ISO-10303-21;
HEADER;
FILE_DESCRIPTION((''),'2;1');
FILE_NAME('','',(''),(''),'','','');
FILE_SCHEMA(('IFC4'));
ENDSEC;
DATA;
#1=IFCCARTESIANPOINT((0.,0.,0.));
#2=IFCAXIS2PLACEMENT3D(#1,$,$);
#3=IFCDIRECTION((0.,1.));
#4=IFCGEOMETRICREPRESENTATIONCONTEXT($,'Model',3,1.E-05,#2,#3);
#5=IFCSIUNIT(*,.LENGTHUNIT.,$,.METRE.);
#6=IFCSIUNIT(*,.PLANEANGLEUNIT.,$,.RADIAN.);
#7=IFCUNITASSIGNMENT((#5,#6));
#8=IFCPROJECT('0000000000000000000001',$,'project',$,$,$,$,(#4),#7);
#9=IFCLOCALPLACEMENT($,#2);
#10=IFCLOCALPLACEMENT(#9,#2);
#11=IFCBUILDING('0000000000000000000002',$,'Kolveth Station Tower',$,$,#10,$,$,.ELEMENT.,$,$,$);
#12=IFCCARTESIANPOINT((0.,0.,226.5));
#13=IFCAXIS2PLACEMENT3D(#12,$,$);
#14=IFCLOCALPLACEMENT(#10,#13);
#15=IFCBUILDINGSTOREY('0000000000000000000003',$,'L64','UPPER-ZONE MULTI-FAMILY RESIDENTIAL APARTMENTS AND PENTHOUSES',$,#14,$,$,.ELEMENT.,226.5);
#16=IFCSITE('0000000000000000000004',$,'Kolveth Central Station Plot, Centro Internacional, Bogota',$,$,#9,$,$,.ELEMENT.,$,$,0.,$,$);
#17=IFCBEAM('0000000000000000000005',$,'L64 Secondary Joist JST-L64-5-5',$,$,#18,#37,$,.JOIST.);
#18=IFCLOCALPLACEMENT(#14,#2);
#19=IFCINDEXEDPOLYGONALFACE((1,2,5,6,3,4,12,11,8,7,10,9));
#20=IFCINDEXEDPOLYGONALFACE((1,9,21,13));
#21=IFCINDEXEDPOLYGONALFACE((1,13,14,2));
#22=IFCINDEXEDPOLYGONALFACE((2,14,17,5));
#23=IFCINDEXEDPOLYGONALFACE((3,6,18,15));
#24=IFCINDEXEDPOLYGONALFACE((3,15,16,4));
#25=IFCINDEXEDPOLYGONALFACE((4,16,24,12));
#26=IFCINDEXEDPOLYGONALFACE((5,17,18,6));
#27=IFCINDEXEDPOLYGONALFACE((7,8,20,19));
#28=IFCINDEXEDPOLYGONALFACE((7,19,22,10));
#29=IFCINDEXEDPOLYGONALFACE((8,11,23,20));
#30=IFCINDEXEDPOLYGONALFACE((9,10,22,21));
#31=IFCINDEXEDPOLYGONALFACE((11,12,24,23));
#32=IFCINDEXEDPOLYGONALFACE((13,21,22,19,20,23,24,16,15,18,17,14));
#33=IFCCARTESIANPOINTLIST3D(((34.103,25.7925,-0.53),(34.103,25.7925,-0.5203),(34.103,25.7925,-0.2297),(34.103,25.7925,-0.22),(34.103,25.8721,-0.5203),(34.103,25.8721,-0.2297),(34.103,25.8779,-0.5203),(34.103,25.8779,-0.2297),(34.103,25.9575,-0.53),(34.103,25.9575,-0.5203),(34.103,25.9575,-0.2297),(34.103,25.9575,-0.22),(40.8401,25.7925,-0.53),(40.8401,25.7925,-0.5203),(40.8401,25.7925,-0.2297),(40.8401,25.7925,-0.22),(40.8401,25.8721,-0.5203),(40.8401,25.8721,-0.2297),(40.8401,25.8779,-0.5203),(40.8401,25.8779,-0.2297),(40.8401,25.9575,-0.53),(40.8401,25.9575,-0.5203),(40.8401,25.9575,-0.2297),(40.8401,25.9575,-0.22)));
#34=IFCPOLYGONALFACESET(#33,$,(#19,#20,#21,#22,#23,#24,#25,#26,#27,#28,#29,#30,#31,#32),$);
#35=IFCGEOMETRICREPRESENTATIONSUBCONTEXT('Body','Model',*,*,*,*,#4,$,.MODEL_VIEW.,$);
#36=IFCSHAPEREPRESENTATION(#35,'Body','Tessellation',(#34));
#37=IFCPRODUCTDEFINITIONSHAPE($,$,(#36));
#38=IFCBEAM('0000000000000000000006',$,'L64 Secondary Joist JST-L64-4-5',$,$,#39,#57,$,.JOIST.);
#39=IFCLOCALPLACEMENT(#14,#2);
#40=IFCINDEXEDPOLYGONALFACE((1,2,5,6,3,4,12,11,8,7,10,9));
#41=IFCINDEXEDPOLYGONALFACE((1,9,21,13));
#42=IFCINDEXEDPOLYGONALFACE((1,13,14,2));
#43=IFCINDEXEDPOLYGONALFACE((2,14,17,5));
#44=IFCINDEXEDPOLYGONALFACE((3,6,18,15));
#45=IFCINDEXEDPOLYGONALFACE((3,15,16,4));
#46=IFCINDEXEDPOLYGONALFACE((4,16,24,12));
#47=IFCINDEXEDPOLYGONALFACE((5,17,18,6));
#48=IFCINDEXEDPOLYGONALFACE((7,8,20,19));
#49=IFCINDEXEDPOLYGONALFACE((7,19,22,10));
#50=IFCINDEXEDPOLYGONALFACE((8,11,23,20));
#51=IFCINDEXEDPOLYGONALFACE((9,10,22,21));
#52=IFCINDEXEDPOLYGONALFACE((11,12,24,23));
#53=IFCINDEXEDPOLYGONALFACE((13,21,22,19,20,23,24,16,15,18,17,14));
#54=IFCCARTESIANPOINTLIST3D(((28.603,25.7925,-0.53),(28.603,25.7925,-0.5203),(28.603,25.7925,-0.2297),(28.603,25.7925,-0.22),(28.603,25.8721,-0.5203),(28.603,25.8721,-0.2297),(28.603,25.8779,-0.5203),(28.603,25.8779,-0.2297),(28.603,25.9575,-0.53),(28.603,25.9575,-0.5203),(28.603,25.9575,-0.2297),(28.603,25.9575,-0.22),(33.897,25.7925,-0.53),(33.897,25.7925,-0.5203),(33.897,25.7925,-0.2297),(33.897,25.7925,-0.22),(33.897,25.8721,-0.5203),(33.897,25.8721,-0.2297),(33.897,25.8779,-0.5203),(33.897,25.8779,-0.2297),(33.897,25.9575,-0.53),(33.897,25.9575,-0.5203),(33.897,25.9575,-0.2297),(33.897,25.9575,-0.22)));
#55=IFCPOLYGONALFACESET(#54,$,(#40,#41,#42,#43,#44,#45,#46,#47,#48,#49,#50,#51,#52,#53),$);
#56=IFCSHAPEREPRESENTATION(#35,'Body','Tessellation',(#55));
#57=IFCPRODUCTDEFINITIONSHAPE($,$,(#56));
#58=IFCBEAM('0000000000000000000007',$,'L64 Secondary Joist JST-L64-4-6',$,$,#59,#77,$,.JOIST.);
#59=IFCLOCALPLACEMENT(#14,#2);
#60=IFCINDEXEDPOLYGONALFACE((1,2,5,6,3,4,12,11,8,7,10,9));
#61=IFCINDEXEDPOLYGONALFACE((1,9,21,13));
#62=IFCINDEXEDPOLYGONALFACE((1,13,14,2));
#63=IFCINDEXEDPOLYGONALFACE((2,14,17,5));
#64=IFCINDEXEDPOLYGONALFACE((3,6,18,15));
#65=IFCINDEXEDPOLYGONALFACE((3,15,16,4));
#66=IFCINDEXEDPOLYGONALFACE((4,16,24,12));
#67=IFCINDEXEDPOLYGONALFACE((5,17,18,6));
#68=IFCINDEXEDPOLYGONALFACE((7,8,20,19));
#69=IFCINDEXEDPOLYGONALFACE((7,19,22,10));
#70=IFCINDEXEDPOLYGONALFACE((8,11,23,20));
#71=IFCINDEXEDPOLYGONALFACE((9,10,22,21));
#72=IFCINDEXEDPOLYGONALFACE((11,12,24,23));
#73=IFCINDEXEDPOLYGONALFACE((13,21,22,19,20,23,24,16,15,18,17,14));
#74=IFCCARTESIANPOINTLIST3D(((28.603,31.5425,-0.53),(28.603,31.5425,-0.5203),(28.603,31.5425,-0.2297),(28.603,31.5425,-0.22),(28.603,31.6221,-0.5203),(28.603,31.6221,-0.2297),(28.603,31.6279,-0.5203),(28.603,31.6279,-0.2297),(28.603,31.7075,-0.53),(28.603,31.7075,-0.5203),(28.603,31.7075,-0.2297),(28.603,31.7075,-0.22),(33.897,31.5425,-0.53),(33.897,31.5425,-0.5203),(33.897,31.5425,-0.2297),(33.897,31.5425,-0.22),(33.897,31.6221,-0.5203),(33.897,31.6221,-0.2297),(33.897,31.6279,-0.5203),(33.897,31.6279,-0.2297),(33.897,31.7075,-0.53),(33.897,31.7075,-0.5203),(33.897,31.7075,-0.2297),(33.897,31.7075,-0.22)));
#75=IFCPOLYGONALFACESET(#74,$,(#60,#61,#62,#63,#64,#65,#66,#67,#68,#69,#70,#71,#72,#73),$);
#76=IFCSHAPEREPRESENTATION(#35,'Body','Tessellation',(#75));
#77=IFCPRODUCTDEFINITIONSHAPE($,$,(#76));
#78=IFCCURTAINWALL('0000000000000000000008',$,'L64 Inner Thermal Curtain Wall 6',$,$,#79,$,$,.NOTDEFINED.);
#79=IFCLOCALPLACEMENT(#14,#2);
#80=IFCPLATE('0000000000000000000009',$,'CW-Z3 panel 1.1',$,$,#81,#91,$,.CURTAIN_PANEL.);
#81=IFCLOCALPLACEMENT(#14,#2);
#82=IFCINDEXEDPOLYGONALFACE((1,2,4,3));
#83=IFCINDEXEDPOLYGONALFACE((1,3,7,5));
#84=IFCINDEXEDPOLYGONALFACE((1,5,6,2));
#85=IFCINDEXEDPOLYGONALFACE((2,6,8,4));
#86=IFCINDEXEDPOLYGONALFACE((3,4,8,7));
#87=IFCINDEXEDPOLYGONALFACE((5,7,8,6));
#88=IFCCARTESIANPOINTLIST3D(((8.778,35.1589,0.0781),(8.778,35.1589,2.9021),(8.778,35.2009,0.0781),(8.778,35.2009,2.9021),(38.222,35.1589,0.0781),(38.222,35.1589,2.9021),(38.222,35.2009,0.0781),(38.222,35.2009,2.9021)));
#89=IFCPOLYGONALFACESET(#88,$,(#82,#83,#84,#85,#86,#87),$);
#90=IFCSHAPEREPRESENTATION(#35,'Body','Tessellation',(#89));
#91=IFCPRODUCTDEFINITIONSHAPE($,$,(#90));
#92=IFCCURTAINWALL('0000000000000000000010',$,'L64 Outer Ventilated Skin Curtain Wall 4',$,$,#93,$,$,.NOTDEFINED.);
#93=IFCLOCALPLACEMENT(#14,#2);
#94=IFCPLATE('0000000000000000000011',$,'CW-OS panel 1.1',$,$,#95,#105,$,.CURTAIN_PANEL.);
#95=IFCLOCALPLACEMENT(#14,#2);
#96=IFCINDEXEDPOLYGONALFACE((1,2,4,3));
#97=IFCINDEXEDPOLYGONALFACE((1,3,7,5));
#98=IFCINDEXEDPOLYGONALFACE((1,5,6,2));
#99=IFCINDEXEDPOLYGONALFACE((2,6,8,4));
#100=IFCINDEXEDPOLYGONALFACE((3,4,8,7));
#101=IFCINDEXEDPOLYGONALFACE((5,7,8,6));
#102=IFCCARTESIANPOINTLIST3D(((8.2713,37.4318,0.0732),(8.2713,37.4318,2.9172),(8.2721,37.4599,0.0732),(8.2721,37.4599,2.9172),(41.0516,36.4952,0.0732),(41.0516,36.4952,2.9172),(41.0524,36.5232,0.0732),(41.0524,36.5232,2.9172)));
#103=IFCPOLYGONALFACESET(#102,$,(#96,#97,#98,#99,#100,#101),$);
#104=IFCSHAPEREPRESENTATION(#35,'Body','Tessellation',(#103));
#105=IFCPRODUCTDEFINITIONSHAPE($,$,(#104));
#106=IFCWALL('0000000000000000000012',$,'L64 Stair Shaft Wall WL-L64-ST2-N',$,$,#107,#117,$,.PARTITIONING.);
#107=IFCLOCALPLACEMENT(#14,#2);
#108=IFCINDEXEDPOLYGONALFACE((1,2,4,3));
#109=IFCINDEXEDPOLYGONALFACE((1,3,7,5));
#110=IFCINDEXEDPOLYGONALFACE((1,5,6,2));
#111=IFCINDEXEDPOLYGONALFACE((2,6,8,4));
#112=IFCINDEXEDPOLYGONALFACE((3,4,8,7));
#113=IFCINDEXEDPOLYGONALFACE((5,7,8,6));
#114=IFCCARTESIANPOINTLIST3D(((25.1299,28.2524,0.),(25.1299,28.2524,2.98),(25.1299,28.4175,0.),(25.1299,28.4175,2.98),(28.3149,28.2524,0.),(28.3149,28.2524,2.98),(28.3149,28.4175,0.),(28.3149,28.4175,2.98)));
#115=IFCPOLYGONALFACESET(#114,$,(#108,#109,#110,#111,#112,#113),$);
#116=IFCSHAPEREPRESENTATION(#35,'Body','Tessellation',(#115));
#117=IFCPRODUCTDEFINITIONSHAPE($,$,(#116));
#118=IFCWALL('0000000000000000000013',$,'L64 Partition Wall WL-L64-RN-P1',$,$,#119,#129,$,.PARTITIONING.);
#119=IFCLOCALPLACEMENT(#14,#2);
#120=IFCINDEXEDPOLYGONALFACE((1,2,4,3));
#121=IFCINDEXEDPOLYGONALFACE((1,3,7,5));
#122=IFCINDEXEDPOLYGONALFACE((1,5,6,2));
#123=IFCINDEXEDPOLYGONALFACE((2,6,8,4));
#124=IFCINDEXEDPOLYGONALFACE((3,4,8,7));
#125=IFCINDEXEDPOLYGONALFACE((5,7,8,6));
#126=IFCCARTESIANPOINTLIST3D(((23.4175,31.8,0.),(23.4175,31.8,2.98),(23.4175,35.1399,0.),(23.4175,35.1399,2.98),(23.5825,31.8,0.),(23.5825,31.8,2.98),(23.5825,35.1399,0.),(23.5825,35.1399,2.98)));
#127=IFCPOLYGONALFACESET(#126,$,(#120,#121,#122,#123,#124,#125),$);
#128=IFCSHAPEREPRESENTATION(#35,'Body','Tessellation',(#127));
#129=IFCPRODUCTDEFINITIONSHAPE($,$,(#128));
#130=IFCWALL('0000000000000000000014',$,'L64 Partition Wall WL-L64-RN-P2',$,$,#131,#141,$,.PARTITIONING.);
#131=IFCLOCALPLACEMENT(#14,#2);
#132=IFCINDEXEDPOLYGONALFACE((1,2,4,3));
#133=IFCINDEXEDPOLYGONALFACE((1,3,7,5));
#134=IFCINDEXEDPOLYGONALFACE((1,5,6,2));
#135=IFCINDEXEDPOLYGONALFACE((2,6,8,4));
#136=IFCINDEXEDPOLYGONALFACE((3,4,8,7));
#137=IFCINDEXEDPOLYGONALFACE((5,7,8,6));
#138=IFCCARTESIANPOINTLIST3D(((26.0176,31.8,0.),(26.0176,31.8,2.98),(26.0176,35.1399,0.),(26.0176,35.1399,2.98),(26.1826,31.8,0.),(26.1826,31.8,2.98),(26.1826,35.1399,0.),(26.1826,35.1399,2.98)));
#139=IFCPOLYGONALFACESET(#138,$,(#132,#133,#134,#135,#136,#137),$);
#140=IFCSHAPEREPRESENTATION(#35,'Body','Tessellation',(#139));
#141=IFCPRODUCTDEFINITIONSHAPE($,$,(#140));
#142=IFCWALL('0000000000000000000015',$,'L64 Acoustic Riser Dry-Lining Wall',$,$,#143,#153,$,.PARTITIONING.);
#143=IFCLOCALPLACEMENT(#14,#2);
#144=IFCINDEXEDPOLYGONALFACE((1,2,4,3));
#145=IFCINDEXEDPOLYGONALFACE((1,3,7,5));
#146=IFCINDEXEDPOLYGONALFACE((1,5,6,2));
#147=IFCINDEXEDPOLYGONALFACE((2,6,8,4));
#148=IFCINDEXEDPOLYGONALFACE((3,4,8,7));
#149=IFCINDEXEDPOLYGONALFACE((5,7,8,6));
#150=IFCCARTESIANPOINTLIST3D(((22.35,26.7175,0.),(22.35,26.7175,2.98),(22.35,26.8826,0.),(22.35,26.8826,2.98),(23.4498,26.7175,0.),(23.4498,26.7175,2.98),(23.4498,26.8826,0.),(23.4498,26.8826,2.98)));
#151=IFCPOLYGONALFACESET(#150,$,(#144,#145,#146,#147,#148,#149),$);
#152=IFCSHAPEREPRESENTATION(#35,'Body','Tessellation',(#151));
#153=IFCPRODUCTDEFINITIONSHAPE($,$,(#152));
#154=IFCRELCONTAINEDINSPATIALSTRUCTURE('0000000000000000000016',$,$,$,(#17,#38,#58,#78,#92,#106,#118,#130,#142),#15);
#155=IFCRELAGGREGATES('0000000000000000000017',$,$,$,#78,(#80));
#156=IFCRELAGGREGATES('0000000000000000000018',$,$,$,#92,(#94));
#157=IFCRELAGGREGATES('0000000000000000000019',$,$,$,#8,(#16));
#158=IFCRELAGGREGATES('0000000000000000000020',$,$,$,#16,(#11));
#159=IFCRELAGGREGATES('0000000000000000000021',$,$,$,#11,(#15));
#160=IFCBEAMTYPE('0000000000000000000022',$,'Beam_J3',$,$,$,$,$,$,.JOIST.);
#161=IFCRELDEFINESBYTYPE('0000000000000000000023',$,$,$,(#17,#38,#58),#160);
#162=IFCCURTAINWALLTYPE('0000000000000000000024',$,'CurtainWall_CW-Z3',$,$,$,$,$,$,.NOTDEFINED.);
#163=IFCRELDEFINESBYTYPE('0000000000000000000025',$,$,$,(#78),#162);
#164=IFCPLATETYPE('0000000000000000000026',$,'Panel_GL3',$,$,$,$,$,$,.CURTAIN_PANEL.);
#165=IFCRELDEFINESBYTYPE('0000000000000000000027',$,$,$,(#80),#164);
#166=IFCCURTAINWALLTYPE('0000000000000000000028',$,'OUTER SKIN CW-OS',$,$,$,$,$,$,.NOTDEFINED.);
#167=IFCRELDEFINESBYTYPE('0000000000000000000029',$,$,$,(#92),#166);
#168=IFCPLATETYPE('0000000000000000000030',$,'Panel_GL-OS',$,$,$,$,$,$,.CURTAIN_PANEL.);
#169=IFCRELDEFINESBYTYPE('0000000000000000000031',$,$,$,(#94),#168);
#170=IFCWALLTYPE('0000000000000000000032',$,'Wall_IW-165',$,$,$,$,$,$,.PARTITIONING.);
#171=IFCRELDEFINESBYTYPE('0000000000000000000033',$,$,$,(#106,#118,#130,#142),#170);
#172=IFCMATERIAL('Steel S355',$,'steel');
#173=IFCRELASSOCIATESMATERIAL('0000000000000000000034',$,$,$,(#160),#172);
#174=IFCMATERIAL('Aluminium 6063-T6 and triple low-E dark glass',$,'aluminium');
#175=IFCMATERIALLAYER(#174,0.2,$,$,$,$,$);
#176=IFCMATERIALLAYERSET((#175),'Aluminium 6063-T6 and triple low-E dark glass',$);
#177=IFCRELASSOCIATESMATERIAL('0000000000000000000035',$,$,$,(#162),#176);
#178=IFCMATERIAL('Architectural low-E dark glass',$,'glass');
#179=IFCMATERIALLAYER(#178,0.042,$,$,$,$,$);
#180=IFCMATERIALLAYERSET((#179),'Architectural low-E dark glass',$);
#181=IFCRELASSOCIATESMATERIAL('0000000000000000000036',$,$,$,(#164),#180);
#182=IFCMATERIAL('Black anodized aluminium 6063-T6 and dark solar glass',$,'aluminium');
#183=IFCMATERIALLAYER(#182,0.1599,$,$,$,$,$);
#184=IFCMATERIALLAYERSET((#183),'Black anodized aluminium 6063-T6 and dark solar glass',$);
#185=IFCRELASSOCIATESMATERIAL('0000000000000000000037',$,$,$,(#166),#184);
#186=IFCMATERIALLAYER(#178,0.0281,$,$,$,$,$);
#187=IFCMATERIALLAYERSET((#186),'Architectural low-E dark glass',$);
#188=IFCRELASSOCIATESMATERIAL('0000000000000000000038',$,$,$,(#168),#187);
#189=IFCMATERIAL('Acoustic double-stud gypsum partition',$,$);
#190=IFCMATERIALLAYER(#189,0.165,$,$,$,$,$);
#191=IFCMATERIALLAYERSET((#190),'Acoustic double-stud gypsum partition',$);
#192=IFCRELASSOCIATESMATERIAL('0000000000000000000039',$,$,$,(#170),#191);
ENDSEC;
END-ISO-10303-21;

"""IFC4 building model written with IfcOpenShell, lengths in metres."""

from ifc_helpers import new_model, si_unit, direction, frame, frame_2d, origin, origin_2d, place, context, subcontext, project, spatial, rectangle, i_section, extrude, source, transform, mapped, material, layer, layer_set, material_profile, profile_set, type_object, element, aggregate, save


model = new_model("IFC4")

# Units and contexts
model_context = context("Model", 3, precision=1e-05, world=origin(), true_north=direction((0.0, 1.0)))
body_context = subcontext(model_context, "Body", "Model", "MODEL_VIEW")
ifc_project = project(units=[si_unit("LENGTHUNIT", "METRE"), si_unit("PLANEANGLEUNIT", "RADIAN")], contexts=[model_context])

# Site, building, storey
site_placement = place(None, origin())
site = spatial("IfcSite", under=ifc_project, at=site_placement, Name="Kolveth Central Station Plot, Centro Internacional, Bogota", CompositionType="ELEMENT", RefElevation=0.0)
building_placement = place(site_placement, origin())
building = spatial("IfcBuilding", under=site, at=building_placement, Name="Kolveth Station Tower", CompositionType="ELEMENT")
storey_placement = place(building_placement, frame((0.0, 0.0, 226.5)))
storey = spatial("IfcBuildingStorey", under=building, at=storey_placement, Name="L64", Description="UPPER-ZONE MULTI-FAMILY RESIDENTIAL APARTMENTS AND PENTHOUSES", CompositionType="ELEMENT", Elevation=226.5)

# Shared definitions
ifc_material_1 = material(Name="Steel S355", Category="steel")

# Beams
ifc_material_profile_1 = material_profile(ifc_material_1, i_section(OverallWidth=0.165, OverallDepth=0.3101, WebThickness=0.0059, FlangeThickness=0.0098, at=origin_2d()), Name="W310x39")
ifc_profile_set_1 = profile_set([ifc_material_profile_1], Name="Steel S355")
beam_type_1 = type_object("IfcBeamType", Name="Beam_J3", PredefinedType="JOIST", material=ifc_profile_set_1)
shared_shape_1 = source(origin(), body_context, "Body", "SweptSolid", [
    extrude(i_section(OverallWidth=0.165, OverallDepth=0.3101, WebThickness=0.0059, FlangeThickness=0.0098, at=origin_2d()), origin(), (0.0, 0.0, 1.0), 6.7371),
])
beam_1_placement = place(storey_placement, frame((34.103, 25.875, -0.375), z_axis=(1.0, 0.0, 0.0), x_axis=(0.0, 1.0, 0.0)))
element("IfcBeam", 1, at=beam_1_placement, inside=storey, type_object=beam_type_1, Name="L64 Secondary Joist JST-L64-5-5", PredefinedType="JOIST", context=body_context, shape_type="MappedRepresentation", body=[
    mapped(shared_shape_1, transform((0.0, 0.0, 0.0), x_axis=(1.0, 0.0, 0.0), y_axis=(0.0, 1.0, 0.0), z_axis=(0.0, 0.0, 1.0), scale=1.0)),
])
shared_shape_2 = source(origin(), body_context, "Body", "SweptSolid", [
    extrude(i_section(OverallWidth=0.165, OverallDepth=0.3101, WebThickness=0.0059, FlangeThickness=0.0098, at=origin_2d()), origin(), (0.0, 0.0, 1.0), 5.2939),
])
for number, where, z_axis, x_axis, name in (
    (2, (28.603, 25.875, -0.375), (1.0, 0.0, 0.0), (0.0, 1.0, 0.0), "L64 Secondary Joist JST-L64-4-5"),
    (3, (28.603, 31.625, -0.375), (1.0, 0.0, 0.0), (0.0, 1.0, 0.0), "L64 Secondary Joist JST-L64-4-6"),
):
    element("IfcBeam", number, at=place(storey_placement, frame(where, z_axis=z_axis, x_axis=x_axis)), inside=storey, type_object=beam_type_1, Name=name, PredefinedType="JOIST", context=body_context, shape_type="MappedRepresentation", body=[
        mapped(shared_shape_2, transform((0.0, 0.0, 0.0), x_axis=(1.0, 0.0, 0.0), y_axis=(0.0, 1.0, 0.0), z_axis=(0.0, 0.0, 1.0), scale=1.0)),
    ])

# Curtain walls, plates
ifc_material_2 = material(Name="Aluminium 6063-T6 and triple low-E dark glass", Category="aluminium")
ifc_layer_1 = layer(ifc_material_2, 0.2)
ifc_layer_set_1 = layer_set([ifc_layer_1], Name="Aluminium 6063-T6 and triple low-E dark glass")
curtain_wall_type_1 = type_object("IfcCurtainWallType", Name="CurtainWall_CW-Z3", PredefinedType="NOTDEFINED", material=ifc_layer_set_1)
curtain_wall_1_placement = place(storey_placement, origin())
curtain_wall_1 = element("IfcCurtainWall", 4, at=curtain_wall_1_placement, inside=storey, type_object=curtain_wall_type_1, Name="L64 Inner Thermal Curtain Wall 6", PredefinedType="NOTDEFINED")
ifc_material_3 = material(Name="Architectural low-E dark glass", Category="glass")
ifc_layer_2 = layer(ifc_material_3, 0.042)
ifc_layer_set_2 = layer_set([ifc_layer_2], Name="Architectural low-E dark glass")
plate_type_1 = type_object("IfcPlateType", Name="Panel_GL3", PredefinedType="CURTAIN_PANEL", material=ifc_layer_set_2)
shared_shape_3 = source(origin(), body_context, "Body", "SweptSolid", [
    extrude(rectangle(XDim=29.4441, YDim=0.042, at=origin_2d()), origin(), (0.0, 0.0, 1.0), 2.824),
])
plate_1_placement = place(storey_placement, frame((23.5, 35.1799, 0.0781), z_axis=(0.0, 0.0, 1.0), x_axis=(-1.0, 0.0, 0.0)))
plate_1 = element("IfcPlate", 5, at=plate_1_placement, type_object=plate_type_1, Name="CW-Z3 panel 1.1", PredefinedType="CURTAIN_PANEL", context=body_context, shape_type="MappedRepresentation", body=[
    mapped(shared_shape_3, transform((0.0, 0.0, 0.0), x_axis=(1.0, 0.0, 0.0), y_axis=(0.0, 1.0, 0.0), z_axis=(0.0, 0.0, 1.0), scale=1.0)),
])
aggregate(curtain_wall_1, [plate_1])
ifc_material_4 = material(Name="Black anodized aluminium 6063-T6 and dark solar glass", Category="aluminium")
ifc_layer_3 = layer(ifc_material_4, 0.1599)
ifc_layer_set_3 = layer_set([ifc_layer_3], Name="Black anodized aluminium 6063-T6 and dark solar glass")
curtain_wall_type_2 = type_object("IfcCurtainWallType", Name="OUTER SKIN CW-OS", PredefinedType="NOTDEFINED", material=ifc_layer_set_3)
curtain_wall_2_placement = place(storey_placement, origin())
curtain_wall_2 = element("IfcCurtainWall", 6, at=curtain_wall_2_placement, inside=storey, type_object=curtain_wall_type_2, Name="L64 Outer Ventilated Skin Curtain Wall 4", PredefinedType="NOTDEFINED")
ifc_layer_4 = layer(ifc_material_3, 0.0281)
ifc_layer_set_4 = layer_set([ifc_layer_4], Name="Architectural low-E dark glass")
plate_type_2 = type_object("IfcPlateType", Name="Panel_GL-OS", PredefinedType="CURTAIN_PANEL", material=ifc_layer_set_4)
shared_shape_4 = source(origin(), body_context, "Body", "SweptSolid", [
    extrude(rectangle(XDim=32.7937, YDim=0.0281, at=origin_2d()), origin(), (0.0, 0.0, 1.0), 2.844),
])
plate_2_placement = place(storey_placement, frame((24.6619, 36.9775, 0.0732), z_axis=(0.0, 0.0, 1.0), x_axis=(-0.999592, 0.028562, 0.0)))
plate_2 = element("IfcPlate", 7, at=plate_2_placement, type_object=plate_type_2, Name="CW-OS panel 1.1", PredefinedType="CURTAIN_PANEL", context=body_context, shape_type="MappedRepresentation", body=[
    mapped(shared_shape_4, transform((0.0, 0.0, 0.0), x_axis=(1.0, 0.0, 0.0), y_axis=(0.0, 1.0, 0.0), z_axis=(0.0, 0.0, 1.0), scale=1.0)),
])
aggregate(curtain_wall_2, [plate_2])

# Walls
ifc_material_5 = material(Name="Acoustic double-stud gypsum partition")
ifc_layer_5 = layer(ifc_material_5, 0.165)
ifc_layer_set_5 = layer_set([ifc_layer_5], Name="Acoustic double-stud gypsum partition")
wall_type_1 = type_object("IfcWallType", Name="Wall_IW-165", PredefinedType="PARTITIONING", material=ifc_layer_set_5)
wall_1_placement = place(storey_placement, frame((25.1299, 28.335, 0.0), z_axis=(0.0, 0.0, 1.0), x_axis=(1.0, 0.0, 0.0)))
element("IfcWall", 8, at=wall_1_placement, inside=storey, type_object=wall_type_1, Name="L64 Stair Shaft Wall WL-L64-ST2-N", PredefinedType="PARTITIONING", context=body_context, shape_type="SweptSolid", body=[
    extrude(rectangle(XDim=3.1851, YDim=0.165, at=frame_2d((1.5925, 0.0))), origin(), (0.0, 0.0, 1.0), 2.98),
])
for number, where, z_axis, x_axis, name in (
    (9, (23.5, 31.8, 0.0), (0.0, 0.0, 1.0), (0.0, 1.0, 0.0), "L64 Partition Wall WL-L64-RN-P1"),
    (10, (26.1001, 31.8, 0.0), (0.0, 0.0, 1.0), (0.0, 1.0, 0.0), "L64 Partition Wall WL-L64-RN-P2"),
):
    element("IfcWall", number, at=place(storey_placement, frame(where, z_axis=z_axis, x_axis=x_axis)), inside=storey, type_object=wall_type_1, Name=name, PredefinedType="PARTITIONING", context=body_context, shape_type="SweptSolid", body=[
        extrude(rectangle(XDim=3.3398, YDim=0.165, at=frame_2d((1.6699, 0.0))), origin(), (0.0, 0.0, 1.0), 2.98),
    ])
wall_2_placement = place(storey_placement, frame((22.3501, 26.8, 0.0), z_axis=(0.0, 0.0, 1.0), x_axis=(1.0, 0.0, 0.0)))
element("IfcWall", 11, at=wall_2_placement, inside=storey, type_object=wall_type_1, Name="L64 Acoustic Riser Dry-Lining Wall", PredefinedType="PARTITIONING", context=body_context, shape_type="SweptSolid", body=[
    extrude(rectangle(XDim=1.0999, YDim=0.165, at=frame_2d((0.5498, 0.0))), origin(), (0.0, 0.0, 1.0), 2.98),
])

save(model, "model.ifc")
